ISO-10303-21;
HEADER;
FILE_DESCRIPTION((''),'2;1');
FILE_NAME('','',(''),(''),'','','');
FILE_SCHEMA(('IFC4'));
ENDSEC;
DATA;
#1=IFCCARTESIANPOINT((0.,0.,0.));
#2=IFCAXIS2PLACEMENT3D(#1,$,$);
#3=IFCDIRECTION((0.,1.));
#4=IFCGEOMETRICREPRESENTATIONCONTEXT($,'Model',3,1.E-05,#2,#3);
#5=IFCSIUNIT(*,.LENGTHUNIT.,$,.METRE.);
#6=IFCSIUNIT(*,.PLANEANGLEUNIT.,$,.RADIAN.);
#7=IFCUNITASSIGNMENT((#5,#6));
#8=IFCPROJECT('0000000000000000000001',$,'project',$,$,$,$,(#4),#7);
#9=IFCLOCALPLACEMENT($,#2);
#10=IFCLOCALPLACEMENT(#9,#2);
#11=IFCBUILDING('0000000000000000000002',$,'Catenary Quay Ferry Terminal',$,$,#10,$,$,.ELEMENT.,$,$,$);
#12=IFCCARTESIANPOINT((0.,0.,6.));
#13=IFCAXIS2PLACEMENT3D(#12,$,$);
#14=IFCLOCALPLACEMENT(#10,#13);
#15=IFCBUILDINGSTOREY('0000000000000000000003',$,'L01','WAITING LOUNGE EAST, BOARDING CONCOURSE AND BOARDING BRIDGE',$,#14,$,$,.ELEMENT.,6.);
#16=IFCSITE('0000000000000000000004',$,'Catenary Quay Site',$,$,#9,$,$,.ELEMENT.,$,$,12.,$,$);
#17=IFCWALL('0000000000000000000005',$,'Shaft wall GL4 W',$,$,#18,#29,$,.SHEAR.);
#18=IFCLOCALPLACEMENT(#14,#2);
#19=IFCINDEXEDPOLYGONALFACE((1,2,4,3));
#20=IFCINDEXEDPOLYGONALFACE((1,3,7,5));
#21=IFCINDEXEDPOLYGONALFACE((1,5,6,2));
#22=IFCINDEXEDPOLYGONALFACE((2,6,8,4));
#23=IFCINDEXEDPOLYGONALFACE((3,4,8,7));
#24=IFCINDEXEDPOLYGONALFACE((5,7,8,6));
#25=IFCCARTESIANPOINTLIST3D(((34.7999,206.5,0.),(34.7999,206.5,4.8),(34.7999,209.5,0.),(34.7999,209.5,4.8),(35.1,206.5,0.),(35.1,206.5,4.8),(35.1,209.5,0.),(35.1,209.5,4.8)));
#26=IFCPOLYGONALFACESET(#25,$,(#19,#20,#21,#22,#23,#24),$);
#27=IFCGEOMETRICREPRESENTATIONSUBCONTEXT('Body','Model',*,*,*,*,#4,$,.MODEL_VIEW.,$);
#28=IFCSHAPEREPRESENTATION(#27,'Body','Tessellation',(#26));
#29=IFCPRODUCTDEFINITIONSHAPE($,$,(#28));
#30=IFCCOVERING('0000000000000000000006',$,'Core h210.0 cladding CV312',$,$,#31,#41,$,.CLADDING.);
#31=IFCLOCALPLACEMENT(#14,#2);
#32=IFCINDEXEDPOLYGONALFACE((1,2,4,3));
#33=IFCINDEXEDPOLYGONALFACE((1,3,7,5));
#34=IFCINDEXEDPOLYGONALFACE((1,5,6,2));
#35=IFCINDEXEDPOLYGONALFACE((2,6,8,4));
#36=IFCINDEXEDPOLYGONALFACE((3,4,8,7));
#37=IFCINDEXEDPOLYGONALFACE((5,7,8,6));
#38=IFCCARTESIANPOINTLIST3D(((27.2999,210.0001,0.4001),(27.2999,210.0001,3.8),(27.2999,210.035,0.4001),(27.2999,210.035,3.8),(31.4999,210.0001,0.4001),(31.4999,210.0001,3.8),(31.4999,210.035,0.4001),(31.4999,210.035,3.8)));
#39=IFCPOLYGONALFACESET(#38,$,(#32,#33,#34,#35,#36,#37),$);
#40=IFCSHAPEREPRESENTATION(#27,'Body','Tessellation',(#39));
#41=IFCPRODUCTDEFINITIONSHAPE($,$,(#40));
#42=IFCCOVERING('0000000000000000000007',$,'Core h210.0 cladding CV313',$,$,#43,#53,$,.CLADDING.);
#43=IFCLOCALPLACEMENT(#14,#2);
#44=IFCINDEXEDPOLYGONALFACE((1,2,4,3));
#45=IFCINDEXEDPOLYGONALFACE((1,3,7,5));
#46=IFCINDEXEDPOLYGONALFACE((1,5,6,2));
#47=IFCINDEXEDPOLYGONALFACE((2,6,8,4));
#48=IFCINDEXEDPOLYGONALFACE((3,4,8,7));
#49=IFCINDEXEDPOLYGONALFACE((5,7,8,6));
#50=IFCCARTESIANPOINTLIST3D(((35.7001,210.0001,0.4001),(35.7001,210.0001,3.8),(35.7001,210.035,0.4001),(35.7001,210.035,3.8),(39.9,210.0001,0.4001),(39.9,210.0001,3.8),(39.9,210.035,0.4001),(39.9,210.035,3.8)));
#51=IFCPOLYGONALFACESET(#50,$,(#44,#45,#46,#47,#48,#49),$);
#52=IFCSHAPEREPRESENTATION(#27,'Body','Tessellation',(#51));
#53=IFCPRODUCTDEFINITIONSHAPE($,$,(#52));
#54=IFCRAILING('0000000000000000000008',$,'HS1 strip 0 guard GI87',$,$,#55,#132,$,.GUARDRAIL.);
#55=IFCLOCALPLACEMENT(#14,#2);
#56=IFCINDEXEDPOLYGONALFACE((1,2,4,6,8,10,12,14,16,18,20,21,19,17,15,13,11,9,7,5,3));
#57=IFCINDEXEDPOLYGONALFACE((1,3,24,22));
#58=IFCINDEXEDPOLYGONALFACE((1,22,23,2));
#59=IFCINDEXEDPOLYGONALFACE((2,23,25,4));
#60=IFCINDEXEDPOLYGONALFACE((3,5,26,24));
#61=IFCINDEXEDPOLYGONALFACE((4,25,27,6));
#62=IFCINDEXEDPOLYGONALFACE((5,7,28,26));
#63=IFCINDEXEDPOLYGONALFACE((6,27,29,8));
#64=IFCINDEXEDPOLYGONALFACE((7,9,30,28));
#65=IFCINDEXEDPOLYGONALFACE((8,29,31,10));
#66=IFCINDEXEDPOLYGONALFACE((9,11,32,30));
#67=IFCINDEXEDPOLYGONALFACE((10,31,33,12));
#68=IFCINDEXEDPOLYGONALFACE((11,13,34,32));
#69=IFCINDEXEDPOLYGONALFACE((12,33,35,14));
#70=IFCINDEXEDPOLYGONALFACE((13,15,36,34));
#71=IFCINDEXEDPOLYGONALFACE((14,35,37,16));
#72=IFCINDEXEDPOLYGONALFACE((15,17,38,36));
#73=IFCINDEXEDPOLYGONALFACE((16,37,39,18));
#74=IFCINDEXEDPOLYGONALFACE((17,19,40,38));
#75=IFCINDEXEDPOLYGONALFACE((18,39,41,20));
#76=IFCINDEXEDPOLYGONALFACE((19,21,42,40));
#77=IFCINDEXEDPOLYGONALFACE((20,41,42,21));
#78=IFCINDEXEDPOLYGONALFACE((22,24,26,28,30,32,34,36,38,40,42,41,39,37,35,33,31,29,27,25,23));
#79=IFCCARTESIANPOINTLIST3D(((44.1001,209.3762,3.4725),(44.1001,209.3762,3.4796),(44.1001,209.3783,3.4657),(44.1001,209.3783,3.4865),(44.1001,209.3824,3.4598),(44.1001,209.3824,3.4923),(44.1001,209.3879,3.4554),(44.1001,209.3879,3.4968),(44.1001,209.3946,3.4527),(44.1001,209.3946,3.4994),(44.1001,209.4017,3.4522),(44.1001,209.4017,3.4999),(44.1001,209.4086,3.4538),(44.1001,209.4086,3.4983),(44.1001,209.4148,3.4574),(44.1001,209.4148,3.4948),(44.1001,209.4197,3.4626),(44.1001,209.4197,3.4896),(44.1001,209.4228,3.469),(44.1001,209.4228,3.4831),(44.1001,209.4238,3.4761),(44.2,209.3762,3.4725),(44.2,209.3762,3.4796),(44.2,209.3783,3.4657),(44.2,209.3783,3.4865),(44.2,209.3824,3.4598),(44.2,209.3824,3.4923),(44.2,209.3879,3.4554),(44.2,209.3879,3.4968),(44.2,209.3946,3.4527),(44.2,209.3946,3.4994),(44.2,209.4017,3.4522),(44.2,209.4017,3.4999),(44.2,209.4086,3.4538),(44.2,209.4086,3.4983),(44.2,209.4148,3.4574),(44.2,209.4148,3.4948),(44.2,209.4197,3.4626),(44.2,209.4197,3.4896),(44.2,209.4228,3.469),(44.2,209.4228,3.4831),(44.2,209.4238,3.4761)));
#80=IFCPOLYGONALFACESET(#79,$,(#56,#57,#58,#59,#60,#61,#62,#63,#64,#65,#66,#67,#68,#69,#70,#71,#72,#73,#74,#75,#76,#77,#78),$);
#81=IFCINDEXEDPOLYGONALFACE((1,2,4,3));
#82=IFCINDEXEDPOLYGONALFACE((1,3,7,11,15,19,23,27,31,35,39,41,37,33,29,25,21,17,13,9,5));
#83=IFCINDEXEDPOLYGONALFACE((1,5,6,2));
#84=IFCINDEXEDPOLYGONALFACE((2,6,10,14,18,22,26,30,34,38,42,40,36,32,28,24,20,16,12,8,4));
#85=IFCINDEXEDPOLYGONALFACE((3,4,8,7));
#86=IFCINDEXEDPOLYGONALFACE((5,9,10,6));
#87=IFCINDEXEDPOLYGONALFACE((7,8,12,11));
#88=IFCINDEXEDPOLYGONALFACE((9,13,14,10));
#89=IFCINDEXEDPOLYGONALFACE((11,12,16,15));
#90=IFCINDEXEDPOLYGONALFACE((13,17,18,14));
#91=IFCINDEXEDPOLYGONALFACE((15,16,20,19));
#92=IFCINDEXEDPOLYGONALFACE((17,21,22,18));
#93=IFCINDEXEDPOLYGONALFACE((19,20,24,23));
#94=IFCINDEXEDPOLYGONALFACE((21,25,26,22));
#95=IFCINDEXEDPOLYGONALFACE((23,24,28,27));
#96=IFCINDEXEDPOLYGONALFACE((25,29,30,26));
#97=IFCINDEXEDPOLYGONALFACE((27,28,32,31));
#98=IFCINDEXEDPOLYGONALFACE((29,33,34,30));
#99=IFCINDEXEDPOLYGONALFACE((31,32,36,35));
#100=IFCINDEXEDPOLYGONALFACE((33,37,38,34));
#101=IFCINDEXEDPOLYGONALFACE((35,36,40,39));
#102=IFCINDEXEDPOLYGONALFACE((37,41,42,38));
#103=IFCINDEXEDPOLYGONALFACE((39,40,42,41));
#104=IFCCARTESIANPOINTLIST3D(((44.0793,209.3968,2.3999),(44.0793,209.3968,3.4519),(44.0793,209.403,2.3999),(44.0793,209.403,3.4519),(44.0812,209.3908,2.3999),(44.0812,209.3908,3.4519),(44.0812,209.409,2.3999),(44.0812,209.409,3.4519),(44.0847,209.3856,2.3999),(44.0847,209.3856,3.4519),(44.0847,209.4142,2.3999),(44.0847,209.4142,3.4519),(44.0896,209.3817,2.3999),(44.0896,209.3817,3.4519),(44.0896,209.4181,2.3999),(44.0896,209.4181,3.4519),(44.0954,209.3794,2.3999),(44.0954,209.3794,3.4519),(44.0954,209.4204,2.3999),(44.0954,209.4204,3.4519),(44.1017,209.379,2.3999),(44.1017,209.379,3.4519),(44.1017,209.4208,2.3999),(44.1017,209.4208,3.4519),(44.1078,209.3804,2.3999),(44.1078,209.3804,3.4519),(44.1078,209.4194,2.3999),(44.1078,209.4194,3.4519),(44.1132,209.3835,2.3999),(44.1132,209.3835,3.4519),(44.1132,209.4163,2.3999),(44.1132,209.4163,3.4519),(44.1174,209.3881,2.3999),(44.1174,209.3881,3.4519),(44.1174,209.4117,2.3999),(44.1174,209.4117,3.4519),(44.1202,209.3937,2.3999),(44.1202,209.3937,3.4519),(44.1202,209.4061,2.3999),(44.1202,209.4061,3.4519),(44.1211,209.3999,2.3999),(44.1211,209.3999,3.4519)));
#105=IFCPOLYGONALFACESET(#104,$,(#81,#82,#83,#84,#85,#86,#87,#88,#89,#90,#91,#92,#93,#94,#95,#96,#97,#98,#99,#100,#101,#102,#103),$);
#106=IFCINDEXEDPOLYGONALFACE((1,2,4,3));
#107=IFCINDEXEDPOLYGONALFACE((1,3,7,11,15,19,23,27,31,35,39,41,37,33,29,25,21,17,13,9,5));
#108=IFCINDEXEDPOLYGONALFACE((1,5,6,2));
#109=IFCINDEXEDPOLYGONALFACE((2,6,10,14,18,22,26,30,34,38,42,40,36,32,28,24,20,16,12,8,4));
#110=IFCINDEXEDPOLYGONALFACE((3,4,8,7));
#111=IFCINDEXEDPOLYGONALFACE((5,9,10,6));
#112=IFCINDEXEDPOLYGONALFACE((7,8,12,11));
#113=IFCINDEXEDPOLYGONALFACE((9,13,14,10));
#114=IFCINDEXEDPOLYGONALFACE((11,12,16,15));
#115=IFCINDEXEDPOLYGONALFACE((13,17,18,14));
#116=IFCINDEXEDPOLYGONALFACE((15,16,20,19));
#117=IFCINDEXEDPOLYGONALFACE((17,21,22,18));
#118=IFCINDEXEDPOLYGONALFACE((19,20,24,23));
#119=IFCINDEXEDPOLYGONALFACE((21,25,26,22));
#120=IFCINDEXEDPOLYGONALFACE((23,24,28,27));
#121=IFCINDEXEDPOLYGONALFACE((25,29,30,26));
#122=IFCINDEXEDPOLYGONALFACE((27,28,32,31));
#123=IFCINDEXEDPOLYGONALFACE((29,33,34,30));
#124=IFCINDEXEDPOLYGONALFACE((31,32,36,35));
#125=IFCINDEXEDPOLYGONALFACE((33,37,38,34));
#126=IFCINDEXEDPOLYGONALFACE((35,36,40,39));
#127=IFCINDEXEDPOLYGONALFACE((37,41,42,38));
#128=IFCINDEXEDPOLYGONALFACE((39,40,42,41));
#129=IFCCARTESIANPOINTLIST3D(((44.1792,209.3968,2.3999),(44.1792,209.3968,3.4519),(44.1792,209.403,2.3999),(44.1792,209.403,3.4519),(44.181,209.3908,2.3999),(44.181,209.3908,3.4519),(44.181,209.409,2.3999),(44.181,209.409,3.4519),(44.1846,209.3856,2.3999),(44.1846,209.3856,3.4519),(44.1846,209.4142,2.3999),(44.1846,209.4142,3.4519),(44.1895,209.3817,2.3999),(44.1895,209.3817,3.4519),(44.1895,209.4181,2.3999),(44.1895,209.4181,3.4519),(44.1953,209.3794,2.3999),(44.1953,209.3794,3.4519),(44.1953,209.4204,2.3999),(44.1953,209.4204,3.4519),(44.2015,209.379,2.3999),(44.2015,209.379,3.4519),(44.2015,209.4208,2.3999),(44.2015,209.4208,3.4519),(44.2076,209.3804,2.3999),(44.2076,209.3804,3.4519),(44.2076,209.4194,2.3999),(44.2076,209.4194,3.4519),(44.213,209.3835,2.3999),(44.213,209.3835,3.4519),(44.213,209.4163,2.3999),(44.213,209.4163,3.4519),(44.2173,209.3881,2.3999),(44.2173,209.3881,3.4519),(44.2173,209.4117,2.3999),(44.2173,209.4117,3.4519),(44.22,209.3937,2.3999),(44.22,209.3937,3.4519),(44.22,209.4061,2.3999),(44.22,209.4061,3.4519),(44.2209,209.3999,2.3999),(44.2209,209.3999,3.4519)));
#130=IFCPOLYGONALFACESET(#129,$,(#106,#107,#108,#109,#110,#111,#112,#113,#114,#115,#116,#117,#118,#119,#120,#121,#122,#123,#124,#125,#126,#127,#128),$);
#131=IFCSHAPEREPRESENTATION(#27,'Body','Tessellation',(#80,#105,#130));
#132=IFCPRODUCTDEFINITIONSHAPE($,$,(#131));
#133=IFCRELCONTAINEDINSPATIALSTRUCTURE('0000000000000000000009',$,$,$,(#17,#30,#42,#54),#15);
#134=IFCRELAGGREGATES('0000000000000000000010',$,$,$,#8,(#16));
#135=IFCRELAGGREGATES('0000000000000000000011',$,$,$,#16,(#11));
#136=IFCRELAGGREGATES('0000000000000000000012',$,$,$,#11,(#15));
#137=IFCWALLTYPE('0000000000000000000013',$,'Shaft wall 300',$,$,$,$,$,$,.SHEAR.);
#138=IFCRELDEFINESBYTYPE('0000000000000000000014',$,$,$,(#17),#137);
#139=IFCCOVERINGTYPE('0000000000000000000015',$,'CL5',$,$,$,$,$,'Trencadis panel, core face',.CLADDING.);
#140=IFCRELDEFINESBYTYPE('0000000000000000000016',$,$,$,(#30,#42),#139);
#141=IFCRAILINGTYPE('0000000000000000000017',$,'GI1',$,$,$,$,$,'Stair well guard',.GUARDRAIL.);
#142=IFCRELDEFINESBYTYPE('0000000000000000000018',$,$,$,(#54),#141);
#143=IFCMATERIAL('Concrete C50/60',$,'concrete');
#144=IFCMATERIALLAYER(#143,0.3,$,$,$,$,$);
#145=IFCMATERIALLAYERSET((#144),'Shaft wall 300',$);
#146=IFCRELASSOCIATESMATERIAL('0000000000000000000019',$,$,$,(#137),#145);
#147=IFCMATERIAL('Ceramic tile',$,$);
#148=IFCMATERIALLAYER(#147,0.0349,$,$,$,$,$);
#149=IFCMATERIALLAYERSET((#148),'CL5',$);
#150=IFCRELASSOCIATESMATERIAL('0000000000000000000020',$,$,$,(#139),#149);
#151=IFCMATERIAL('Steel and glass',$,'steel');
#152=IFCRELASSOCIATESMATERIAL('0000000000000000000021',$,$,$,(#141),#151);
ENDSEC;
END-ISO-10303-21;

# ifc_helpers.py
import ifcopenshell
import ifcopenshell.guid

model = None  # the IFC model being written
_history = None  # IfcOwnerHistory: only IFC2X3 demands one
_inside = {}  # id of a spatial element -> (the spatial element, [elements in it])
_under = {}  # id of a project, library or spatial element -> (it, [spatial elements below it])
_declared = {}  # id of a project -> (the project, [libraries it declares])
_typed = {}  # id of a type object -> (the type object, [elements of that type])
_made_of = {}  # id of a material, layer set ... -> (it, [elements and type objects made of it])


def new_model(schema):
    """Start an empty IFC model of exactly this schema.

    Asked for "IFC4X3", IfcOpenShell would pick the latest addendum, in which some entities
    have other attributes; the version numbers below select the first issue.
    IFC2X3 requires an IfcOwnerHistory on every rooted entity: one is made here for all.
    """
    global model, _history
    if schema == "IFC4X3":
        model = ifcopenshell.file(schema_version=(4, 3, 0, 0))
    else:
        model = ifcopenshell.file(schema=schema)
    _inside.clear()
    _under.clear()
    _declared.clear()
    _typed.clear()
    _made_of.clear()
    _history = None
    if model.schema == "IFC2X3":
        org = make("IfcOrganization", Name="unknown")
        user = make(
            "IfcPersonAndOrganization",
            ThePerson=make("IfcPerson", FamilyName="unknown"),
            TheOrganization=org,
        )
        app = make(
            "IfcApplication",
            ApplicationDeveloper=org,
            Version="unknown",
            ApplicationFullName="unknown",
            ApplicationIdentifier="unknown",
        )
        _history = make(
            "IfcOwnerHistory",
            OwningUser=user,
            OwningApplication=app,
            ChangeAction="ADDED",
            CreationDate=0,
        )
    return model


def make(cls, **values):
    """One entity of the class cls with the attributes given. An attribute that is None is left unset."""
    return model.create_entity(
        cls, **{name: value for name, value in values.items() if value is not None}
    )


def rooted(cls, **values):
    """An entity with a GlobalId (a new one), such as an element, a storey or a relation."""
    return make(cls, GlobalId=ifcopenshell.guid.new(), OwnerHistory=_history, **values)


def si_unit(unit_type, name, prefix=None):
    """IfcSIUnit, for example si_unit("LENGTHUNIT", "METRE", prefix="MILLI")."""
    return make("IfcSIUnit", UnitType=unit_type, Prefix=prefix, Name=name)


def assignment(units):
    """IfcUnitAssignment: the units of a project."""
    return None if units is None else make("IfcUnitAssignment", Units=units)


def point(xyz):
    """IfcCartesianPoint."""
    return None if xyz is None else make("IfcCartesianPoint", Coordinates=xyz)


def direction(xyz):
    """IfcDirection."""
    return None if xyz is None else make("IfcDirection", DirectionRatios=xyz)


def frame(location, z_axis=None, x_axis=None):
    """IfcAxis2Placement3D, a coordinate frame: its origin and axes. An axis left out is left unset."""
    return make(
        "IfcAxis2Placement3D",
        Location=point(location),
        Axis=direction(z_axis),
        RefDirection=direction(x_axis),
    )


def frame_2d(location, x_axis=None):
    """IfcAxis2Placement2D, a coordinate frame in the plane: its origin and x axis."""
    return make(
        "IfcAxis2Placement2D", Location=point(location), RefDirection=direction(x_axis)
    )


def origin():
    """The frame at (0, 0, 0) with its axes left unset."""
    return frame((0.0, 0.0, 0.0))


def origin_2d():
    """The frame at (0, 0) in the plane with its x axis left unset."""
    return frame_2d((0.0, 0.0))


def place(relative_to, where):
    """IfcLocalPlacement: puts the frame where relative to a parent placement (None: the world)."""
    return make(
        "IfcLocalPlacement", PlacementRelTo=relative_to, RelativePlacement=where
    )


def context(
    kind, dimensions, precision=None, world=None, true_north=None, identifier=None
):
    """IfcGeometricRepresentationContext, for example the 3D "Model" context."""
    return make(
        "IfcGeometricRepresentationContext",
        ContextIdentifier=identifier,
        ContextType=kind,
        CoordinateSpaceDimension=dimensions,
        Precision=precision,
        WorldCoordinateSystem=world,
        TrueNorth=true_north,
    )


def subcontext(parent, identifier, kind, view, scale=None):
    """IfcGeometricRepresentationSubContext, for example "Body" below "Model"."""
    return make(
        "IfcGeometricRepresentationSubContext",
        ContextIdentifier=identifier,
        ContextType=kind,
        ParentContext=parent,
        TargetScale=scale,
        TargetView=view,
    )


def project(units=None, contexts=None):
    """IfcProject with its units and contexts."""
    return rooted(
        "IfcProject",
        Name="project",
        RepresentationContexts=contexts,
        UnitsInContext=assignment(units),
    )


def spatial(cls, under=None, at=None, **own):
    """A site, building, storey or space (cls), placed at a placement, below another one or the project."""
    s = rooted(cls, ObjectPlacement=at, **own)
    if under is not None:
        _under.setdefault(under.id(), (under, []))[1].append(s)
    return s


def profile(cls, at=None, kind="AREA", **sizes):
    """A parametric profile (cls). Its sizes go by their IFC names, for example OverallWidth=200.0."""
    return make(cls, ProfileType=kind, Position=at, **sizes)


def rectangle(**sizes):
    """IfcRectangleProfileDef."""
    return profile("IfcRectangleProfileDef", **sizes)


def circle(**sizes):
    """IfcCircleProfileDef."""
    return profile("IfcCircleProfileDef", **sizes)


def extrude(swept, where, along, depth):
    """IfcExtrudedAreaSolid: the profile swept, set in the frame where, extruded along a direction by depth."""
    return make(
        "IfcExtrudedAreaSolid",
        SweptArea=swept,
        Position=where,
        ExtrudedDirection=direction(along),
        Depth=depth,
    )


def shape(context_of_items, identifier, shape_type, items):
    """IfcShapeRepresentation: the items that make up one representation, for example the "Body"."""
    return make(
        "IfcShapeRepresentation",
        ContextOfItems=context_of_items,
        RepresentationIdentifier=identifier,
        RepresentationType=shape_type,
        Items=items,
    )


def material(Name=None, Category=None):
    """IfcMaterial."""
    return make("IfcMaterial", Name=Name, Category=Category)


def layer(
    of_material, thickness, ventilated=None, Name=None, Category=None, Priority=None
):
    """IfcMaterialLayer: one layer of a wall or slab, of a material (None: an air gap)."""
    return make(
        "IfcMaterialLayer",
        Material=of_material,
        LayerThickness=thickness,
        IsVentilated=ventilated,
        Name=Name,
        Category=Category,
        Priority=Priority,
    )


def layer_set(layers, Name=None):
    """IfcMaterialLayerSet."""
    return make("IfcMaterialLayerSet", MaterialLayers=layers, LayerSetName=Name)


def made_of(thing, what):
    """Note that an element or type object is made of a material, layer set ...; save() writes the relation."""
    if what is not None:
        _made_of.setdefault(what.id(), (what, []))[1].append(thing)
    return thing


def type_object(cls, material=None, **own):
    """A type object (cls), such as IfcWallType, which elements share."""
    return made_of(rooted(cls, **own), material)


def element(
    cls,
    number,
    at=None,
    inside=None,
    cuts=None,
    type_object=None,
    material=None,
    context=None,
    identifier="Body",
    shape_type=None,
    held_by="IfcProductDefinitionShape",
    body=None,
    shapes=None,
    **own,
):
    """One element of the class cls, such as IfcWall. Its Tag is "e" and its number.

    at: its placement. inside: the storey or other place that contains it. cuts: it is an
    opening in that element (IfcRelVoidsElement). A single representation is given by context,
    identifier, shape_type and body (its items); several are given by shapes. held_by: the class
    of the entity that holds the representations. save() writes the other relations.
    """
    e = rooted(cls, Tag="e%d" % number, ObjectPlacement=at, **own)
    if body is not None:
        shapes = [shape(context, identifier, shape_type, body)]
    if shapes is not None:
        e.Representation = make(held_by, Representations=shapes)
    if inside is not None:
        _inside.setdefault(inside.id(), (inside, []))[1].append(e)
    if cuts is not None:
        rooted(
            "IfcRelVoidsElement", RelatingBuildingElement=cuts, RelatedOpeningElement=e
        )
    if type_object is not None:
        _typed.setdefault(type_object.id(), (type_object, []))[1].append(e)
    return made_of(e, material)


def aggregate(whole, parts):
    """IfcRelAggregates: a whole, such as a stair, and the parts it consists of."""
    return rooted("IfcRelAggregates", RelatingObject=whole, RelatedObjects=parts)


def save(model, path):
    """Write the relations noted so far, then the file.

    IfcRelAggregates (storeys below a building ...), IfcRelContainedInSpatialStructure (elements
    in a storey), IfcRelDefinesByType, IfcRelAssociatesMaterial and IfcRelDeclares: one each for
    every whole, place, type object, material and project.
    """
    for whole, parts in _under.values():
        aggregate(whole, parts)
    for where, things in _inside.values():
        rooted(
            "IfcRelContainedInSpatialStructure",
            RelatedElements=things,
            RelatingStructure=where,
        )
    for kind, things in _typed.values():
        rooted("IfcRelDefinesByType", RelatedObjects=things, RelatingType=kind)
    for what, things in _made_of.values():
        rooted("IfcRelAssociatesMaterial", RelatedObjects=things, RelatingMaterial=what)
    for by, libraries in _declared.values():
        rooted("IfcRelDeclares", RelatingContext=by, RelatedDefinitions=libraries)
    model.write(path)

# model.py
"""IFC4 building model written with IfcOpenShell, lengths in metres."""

from ifc_helpers import new_model, si_unit, direction, frame, frame_2d, origin, origin_2d, place, context, subcontext, project, spatial, rectangle, circle, extrude, material, layer, layer_set, type_object, element, save


model = new_model("IFC4")

# Units and contexts
model_context = context("Model", 3, precision=1e-05, world=origin(), true_north=direction((0.0, 1.0)))
body_context = subcontext(model_context, "Body", "Model", "MODEL_VIEW")
ifc_project = project(units=[si_unit("LENGTHUNIT", "METRE"), si_unit("PLANEANGLEUNIT", "RADIAN")], contexts=[model_context])

# Site, building, storey
site_placement = place(None, origin())
site = spatial("IfcSite", under=ifc_project, at=site_placement, Name="Catenary Quay Site", CompositionType="ELEMENT", RefElevation=12.0)
building_placement = place(site_placement, origin())
building = spatial("IfcBuilding", under=site, at=building_placement, Name="Catenary Quay Ferry Terminal", CompositionType="ELEMENT")
storey_placement = place(building_placement, frame((0.0, 0.0, 6.0)))
storey = spatial("IfcBuildingStorey", under=building, at=storey_placement, Name="L01", Description="WAITING LOUNGE EAST, BOARDING CONCOURSE AND BOARDING BRIDGE", CompositionType="ELEMENT", Elevation=6.0)

# Shared definitions
ifc_material_1 = material(Name="Concrete C50/60", Category="concrete")
ifc_layer_1 = layer(ifc_material_1, 0.3)
ifc_layer_set_1 = layer_set([ifc_layer_1], Name="Shaft wall 300")
wall_type_1 = type_object("IfcWallType", Name="Shaft wall 300", PredefinedType="SHEAR", material=ifc_layer_set_1)

# Wall
for number, where, z_axis, x_axis, name in (
    (1, (34.95, 206.5, 0.0), (0.0, 0.0, 1.0), (0.0, 1.0, 0.0), "Shaft wall GL4 W"),
):
    element("IfcWall", number, at=place(storey_placement, frame(where, z_axis=z_axis, x_axis=x_axis)), inside=storey, type_object=wall_type_1, Name=name, PredefinedType="SHEAR", context=body_context, shape_type="SweptSolid", body=[
        extrude(rectangle(XDim=3.0, YDim=0.3, at=frame_2d((1.5, 0.0))), origin(), (0.0, 0.0, 1.0), 4.8),
    ])

# Coverings
ifc_material_2 = material(Name="Ceramic tile")
ifc_layer_2 = layer(ifc_material_2, 0.0349)
ifc_layer_set_2 = layer_set([ifc_layer_2], Name="CL5")
covering_type = type_object("IfcCoveringType", Name="CL5", ElementType="Trencadis panel, core face", PredefinedType="CLADDING", material=ifc_layer_set_2)
for number, where, z_axis, x_axis, name in (
    (2, (29.3999, 210.0176, 0.4001), (0.0, 0.0, 1.0), (1.0, 0.0, 0.0), "Core h210.0 cladding CV312"),
    (3, (37.8, 210.0176, 0.4001), (0.0, 0.0, 1.0), (1.0, 0.0, 0.0), "Core h210.0 cladding CV313"),
):
    element("IfcCovering", number, at=place(storey_placement, frame(where, z_axis=z_axis, x_axis=x_axis)), inside=storey, type_object=covering_type, Name=name, PredefinedType="CLADDING", context=body_context, shape_type="SweptSolid", body=[
        extrude(rectangle(XDim=4.2, YDim=0.0349, at=origin_2d()), origin(), (0.0, 0.0, 1.0), 3.3999),
    ])

# Railing
ifc_material_3 = material(Name="Steel and glass", Category="steel")
railing_type = type_object("IfcRailingType", Name="GI1", ElementType="Stair well guard", PredefinedType="GUARDRAIL", material=ifc_material_3)
railing_placement = place(storey_placement, frame((44.1001, 209.3999, 2.3999)))
element("IfcRailing", 4, at=railing_placement, inside=storey, type_object=railing_type, Name="HS1 strip 0 guard GI87", PredefinedType="GUARDRAIL", context=body_context, shape_type="SweptSolid", body=[
    extrude(circle(Radius=0.0239, at=origin_2d()), frame((0.0, 0.0, 1.0762), z_axis=(1.0, 0.0, 0.0), x_axis=(0.0, 1.0, 0.0)), (0.0, 0.0, 1.0), 0.0999),
    extrude(circle(Radius=0.021, at=origin_2d()), origin(), (0.0, 0.0, 1.0), 1.052),
    extrude(circle(Radius=0.021, at=origin_2d()), frame((0.0999, 0.0, 0.0)), (0.0, 0.0, 1.0), 1.052),
])

save(model, "model.ifc")
